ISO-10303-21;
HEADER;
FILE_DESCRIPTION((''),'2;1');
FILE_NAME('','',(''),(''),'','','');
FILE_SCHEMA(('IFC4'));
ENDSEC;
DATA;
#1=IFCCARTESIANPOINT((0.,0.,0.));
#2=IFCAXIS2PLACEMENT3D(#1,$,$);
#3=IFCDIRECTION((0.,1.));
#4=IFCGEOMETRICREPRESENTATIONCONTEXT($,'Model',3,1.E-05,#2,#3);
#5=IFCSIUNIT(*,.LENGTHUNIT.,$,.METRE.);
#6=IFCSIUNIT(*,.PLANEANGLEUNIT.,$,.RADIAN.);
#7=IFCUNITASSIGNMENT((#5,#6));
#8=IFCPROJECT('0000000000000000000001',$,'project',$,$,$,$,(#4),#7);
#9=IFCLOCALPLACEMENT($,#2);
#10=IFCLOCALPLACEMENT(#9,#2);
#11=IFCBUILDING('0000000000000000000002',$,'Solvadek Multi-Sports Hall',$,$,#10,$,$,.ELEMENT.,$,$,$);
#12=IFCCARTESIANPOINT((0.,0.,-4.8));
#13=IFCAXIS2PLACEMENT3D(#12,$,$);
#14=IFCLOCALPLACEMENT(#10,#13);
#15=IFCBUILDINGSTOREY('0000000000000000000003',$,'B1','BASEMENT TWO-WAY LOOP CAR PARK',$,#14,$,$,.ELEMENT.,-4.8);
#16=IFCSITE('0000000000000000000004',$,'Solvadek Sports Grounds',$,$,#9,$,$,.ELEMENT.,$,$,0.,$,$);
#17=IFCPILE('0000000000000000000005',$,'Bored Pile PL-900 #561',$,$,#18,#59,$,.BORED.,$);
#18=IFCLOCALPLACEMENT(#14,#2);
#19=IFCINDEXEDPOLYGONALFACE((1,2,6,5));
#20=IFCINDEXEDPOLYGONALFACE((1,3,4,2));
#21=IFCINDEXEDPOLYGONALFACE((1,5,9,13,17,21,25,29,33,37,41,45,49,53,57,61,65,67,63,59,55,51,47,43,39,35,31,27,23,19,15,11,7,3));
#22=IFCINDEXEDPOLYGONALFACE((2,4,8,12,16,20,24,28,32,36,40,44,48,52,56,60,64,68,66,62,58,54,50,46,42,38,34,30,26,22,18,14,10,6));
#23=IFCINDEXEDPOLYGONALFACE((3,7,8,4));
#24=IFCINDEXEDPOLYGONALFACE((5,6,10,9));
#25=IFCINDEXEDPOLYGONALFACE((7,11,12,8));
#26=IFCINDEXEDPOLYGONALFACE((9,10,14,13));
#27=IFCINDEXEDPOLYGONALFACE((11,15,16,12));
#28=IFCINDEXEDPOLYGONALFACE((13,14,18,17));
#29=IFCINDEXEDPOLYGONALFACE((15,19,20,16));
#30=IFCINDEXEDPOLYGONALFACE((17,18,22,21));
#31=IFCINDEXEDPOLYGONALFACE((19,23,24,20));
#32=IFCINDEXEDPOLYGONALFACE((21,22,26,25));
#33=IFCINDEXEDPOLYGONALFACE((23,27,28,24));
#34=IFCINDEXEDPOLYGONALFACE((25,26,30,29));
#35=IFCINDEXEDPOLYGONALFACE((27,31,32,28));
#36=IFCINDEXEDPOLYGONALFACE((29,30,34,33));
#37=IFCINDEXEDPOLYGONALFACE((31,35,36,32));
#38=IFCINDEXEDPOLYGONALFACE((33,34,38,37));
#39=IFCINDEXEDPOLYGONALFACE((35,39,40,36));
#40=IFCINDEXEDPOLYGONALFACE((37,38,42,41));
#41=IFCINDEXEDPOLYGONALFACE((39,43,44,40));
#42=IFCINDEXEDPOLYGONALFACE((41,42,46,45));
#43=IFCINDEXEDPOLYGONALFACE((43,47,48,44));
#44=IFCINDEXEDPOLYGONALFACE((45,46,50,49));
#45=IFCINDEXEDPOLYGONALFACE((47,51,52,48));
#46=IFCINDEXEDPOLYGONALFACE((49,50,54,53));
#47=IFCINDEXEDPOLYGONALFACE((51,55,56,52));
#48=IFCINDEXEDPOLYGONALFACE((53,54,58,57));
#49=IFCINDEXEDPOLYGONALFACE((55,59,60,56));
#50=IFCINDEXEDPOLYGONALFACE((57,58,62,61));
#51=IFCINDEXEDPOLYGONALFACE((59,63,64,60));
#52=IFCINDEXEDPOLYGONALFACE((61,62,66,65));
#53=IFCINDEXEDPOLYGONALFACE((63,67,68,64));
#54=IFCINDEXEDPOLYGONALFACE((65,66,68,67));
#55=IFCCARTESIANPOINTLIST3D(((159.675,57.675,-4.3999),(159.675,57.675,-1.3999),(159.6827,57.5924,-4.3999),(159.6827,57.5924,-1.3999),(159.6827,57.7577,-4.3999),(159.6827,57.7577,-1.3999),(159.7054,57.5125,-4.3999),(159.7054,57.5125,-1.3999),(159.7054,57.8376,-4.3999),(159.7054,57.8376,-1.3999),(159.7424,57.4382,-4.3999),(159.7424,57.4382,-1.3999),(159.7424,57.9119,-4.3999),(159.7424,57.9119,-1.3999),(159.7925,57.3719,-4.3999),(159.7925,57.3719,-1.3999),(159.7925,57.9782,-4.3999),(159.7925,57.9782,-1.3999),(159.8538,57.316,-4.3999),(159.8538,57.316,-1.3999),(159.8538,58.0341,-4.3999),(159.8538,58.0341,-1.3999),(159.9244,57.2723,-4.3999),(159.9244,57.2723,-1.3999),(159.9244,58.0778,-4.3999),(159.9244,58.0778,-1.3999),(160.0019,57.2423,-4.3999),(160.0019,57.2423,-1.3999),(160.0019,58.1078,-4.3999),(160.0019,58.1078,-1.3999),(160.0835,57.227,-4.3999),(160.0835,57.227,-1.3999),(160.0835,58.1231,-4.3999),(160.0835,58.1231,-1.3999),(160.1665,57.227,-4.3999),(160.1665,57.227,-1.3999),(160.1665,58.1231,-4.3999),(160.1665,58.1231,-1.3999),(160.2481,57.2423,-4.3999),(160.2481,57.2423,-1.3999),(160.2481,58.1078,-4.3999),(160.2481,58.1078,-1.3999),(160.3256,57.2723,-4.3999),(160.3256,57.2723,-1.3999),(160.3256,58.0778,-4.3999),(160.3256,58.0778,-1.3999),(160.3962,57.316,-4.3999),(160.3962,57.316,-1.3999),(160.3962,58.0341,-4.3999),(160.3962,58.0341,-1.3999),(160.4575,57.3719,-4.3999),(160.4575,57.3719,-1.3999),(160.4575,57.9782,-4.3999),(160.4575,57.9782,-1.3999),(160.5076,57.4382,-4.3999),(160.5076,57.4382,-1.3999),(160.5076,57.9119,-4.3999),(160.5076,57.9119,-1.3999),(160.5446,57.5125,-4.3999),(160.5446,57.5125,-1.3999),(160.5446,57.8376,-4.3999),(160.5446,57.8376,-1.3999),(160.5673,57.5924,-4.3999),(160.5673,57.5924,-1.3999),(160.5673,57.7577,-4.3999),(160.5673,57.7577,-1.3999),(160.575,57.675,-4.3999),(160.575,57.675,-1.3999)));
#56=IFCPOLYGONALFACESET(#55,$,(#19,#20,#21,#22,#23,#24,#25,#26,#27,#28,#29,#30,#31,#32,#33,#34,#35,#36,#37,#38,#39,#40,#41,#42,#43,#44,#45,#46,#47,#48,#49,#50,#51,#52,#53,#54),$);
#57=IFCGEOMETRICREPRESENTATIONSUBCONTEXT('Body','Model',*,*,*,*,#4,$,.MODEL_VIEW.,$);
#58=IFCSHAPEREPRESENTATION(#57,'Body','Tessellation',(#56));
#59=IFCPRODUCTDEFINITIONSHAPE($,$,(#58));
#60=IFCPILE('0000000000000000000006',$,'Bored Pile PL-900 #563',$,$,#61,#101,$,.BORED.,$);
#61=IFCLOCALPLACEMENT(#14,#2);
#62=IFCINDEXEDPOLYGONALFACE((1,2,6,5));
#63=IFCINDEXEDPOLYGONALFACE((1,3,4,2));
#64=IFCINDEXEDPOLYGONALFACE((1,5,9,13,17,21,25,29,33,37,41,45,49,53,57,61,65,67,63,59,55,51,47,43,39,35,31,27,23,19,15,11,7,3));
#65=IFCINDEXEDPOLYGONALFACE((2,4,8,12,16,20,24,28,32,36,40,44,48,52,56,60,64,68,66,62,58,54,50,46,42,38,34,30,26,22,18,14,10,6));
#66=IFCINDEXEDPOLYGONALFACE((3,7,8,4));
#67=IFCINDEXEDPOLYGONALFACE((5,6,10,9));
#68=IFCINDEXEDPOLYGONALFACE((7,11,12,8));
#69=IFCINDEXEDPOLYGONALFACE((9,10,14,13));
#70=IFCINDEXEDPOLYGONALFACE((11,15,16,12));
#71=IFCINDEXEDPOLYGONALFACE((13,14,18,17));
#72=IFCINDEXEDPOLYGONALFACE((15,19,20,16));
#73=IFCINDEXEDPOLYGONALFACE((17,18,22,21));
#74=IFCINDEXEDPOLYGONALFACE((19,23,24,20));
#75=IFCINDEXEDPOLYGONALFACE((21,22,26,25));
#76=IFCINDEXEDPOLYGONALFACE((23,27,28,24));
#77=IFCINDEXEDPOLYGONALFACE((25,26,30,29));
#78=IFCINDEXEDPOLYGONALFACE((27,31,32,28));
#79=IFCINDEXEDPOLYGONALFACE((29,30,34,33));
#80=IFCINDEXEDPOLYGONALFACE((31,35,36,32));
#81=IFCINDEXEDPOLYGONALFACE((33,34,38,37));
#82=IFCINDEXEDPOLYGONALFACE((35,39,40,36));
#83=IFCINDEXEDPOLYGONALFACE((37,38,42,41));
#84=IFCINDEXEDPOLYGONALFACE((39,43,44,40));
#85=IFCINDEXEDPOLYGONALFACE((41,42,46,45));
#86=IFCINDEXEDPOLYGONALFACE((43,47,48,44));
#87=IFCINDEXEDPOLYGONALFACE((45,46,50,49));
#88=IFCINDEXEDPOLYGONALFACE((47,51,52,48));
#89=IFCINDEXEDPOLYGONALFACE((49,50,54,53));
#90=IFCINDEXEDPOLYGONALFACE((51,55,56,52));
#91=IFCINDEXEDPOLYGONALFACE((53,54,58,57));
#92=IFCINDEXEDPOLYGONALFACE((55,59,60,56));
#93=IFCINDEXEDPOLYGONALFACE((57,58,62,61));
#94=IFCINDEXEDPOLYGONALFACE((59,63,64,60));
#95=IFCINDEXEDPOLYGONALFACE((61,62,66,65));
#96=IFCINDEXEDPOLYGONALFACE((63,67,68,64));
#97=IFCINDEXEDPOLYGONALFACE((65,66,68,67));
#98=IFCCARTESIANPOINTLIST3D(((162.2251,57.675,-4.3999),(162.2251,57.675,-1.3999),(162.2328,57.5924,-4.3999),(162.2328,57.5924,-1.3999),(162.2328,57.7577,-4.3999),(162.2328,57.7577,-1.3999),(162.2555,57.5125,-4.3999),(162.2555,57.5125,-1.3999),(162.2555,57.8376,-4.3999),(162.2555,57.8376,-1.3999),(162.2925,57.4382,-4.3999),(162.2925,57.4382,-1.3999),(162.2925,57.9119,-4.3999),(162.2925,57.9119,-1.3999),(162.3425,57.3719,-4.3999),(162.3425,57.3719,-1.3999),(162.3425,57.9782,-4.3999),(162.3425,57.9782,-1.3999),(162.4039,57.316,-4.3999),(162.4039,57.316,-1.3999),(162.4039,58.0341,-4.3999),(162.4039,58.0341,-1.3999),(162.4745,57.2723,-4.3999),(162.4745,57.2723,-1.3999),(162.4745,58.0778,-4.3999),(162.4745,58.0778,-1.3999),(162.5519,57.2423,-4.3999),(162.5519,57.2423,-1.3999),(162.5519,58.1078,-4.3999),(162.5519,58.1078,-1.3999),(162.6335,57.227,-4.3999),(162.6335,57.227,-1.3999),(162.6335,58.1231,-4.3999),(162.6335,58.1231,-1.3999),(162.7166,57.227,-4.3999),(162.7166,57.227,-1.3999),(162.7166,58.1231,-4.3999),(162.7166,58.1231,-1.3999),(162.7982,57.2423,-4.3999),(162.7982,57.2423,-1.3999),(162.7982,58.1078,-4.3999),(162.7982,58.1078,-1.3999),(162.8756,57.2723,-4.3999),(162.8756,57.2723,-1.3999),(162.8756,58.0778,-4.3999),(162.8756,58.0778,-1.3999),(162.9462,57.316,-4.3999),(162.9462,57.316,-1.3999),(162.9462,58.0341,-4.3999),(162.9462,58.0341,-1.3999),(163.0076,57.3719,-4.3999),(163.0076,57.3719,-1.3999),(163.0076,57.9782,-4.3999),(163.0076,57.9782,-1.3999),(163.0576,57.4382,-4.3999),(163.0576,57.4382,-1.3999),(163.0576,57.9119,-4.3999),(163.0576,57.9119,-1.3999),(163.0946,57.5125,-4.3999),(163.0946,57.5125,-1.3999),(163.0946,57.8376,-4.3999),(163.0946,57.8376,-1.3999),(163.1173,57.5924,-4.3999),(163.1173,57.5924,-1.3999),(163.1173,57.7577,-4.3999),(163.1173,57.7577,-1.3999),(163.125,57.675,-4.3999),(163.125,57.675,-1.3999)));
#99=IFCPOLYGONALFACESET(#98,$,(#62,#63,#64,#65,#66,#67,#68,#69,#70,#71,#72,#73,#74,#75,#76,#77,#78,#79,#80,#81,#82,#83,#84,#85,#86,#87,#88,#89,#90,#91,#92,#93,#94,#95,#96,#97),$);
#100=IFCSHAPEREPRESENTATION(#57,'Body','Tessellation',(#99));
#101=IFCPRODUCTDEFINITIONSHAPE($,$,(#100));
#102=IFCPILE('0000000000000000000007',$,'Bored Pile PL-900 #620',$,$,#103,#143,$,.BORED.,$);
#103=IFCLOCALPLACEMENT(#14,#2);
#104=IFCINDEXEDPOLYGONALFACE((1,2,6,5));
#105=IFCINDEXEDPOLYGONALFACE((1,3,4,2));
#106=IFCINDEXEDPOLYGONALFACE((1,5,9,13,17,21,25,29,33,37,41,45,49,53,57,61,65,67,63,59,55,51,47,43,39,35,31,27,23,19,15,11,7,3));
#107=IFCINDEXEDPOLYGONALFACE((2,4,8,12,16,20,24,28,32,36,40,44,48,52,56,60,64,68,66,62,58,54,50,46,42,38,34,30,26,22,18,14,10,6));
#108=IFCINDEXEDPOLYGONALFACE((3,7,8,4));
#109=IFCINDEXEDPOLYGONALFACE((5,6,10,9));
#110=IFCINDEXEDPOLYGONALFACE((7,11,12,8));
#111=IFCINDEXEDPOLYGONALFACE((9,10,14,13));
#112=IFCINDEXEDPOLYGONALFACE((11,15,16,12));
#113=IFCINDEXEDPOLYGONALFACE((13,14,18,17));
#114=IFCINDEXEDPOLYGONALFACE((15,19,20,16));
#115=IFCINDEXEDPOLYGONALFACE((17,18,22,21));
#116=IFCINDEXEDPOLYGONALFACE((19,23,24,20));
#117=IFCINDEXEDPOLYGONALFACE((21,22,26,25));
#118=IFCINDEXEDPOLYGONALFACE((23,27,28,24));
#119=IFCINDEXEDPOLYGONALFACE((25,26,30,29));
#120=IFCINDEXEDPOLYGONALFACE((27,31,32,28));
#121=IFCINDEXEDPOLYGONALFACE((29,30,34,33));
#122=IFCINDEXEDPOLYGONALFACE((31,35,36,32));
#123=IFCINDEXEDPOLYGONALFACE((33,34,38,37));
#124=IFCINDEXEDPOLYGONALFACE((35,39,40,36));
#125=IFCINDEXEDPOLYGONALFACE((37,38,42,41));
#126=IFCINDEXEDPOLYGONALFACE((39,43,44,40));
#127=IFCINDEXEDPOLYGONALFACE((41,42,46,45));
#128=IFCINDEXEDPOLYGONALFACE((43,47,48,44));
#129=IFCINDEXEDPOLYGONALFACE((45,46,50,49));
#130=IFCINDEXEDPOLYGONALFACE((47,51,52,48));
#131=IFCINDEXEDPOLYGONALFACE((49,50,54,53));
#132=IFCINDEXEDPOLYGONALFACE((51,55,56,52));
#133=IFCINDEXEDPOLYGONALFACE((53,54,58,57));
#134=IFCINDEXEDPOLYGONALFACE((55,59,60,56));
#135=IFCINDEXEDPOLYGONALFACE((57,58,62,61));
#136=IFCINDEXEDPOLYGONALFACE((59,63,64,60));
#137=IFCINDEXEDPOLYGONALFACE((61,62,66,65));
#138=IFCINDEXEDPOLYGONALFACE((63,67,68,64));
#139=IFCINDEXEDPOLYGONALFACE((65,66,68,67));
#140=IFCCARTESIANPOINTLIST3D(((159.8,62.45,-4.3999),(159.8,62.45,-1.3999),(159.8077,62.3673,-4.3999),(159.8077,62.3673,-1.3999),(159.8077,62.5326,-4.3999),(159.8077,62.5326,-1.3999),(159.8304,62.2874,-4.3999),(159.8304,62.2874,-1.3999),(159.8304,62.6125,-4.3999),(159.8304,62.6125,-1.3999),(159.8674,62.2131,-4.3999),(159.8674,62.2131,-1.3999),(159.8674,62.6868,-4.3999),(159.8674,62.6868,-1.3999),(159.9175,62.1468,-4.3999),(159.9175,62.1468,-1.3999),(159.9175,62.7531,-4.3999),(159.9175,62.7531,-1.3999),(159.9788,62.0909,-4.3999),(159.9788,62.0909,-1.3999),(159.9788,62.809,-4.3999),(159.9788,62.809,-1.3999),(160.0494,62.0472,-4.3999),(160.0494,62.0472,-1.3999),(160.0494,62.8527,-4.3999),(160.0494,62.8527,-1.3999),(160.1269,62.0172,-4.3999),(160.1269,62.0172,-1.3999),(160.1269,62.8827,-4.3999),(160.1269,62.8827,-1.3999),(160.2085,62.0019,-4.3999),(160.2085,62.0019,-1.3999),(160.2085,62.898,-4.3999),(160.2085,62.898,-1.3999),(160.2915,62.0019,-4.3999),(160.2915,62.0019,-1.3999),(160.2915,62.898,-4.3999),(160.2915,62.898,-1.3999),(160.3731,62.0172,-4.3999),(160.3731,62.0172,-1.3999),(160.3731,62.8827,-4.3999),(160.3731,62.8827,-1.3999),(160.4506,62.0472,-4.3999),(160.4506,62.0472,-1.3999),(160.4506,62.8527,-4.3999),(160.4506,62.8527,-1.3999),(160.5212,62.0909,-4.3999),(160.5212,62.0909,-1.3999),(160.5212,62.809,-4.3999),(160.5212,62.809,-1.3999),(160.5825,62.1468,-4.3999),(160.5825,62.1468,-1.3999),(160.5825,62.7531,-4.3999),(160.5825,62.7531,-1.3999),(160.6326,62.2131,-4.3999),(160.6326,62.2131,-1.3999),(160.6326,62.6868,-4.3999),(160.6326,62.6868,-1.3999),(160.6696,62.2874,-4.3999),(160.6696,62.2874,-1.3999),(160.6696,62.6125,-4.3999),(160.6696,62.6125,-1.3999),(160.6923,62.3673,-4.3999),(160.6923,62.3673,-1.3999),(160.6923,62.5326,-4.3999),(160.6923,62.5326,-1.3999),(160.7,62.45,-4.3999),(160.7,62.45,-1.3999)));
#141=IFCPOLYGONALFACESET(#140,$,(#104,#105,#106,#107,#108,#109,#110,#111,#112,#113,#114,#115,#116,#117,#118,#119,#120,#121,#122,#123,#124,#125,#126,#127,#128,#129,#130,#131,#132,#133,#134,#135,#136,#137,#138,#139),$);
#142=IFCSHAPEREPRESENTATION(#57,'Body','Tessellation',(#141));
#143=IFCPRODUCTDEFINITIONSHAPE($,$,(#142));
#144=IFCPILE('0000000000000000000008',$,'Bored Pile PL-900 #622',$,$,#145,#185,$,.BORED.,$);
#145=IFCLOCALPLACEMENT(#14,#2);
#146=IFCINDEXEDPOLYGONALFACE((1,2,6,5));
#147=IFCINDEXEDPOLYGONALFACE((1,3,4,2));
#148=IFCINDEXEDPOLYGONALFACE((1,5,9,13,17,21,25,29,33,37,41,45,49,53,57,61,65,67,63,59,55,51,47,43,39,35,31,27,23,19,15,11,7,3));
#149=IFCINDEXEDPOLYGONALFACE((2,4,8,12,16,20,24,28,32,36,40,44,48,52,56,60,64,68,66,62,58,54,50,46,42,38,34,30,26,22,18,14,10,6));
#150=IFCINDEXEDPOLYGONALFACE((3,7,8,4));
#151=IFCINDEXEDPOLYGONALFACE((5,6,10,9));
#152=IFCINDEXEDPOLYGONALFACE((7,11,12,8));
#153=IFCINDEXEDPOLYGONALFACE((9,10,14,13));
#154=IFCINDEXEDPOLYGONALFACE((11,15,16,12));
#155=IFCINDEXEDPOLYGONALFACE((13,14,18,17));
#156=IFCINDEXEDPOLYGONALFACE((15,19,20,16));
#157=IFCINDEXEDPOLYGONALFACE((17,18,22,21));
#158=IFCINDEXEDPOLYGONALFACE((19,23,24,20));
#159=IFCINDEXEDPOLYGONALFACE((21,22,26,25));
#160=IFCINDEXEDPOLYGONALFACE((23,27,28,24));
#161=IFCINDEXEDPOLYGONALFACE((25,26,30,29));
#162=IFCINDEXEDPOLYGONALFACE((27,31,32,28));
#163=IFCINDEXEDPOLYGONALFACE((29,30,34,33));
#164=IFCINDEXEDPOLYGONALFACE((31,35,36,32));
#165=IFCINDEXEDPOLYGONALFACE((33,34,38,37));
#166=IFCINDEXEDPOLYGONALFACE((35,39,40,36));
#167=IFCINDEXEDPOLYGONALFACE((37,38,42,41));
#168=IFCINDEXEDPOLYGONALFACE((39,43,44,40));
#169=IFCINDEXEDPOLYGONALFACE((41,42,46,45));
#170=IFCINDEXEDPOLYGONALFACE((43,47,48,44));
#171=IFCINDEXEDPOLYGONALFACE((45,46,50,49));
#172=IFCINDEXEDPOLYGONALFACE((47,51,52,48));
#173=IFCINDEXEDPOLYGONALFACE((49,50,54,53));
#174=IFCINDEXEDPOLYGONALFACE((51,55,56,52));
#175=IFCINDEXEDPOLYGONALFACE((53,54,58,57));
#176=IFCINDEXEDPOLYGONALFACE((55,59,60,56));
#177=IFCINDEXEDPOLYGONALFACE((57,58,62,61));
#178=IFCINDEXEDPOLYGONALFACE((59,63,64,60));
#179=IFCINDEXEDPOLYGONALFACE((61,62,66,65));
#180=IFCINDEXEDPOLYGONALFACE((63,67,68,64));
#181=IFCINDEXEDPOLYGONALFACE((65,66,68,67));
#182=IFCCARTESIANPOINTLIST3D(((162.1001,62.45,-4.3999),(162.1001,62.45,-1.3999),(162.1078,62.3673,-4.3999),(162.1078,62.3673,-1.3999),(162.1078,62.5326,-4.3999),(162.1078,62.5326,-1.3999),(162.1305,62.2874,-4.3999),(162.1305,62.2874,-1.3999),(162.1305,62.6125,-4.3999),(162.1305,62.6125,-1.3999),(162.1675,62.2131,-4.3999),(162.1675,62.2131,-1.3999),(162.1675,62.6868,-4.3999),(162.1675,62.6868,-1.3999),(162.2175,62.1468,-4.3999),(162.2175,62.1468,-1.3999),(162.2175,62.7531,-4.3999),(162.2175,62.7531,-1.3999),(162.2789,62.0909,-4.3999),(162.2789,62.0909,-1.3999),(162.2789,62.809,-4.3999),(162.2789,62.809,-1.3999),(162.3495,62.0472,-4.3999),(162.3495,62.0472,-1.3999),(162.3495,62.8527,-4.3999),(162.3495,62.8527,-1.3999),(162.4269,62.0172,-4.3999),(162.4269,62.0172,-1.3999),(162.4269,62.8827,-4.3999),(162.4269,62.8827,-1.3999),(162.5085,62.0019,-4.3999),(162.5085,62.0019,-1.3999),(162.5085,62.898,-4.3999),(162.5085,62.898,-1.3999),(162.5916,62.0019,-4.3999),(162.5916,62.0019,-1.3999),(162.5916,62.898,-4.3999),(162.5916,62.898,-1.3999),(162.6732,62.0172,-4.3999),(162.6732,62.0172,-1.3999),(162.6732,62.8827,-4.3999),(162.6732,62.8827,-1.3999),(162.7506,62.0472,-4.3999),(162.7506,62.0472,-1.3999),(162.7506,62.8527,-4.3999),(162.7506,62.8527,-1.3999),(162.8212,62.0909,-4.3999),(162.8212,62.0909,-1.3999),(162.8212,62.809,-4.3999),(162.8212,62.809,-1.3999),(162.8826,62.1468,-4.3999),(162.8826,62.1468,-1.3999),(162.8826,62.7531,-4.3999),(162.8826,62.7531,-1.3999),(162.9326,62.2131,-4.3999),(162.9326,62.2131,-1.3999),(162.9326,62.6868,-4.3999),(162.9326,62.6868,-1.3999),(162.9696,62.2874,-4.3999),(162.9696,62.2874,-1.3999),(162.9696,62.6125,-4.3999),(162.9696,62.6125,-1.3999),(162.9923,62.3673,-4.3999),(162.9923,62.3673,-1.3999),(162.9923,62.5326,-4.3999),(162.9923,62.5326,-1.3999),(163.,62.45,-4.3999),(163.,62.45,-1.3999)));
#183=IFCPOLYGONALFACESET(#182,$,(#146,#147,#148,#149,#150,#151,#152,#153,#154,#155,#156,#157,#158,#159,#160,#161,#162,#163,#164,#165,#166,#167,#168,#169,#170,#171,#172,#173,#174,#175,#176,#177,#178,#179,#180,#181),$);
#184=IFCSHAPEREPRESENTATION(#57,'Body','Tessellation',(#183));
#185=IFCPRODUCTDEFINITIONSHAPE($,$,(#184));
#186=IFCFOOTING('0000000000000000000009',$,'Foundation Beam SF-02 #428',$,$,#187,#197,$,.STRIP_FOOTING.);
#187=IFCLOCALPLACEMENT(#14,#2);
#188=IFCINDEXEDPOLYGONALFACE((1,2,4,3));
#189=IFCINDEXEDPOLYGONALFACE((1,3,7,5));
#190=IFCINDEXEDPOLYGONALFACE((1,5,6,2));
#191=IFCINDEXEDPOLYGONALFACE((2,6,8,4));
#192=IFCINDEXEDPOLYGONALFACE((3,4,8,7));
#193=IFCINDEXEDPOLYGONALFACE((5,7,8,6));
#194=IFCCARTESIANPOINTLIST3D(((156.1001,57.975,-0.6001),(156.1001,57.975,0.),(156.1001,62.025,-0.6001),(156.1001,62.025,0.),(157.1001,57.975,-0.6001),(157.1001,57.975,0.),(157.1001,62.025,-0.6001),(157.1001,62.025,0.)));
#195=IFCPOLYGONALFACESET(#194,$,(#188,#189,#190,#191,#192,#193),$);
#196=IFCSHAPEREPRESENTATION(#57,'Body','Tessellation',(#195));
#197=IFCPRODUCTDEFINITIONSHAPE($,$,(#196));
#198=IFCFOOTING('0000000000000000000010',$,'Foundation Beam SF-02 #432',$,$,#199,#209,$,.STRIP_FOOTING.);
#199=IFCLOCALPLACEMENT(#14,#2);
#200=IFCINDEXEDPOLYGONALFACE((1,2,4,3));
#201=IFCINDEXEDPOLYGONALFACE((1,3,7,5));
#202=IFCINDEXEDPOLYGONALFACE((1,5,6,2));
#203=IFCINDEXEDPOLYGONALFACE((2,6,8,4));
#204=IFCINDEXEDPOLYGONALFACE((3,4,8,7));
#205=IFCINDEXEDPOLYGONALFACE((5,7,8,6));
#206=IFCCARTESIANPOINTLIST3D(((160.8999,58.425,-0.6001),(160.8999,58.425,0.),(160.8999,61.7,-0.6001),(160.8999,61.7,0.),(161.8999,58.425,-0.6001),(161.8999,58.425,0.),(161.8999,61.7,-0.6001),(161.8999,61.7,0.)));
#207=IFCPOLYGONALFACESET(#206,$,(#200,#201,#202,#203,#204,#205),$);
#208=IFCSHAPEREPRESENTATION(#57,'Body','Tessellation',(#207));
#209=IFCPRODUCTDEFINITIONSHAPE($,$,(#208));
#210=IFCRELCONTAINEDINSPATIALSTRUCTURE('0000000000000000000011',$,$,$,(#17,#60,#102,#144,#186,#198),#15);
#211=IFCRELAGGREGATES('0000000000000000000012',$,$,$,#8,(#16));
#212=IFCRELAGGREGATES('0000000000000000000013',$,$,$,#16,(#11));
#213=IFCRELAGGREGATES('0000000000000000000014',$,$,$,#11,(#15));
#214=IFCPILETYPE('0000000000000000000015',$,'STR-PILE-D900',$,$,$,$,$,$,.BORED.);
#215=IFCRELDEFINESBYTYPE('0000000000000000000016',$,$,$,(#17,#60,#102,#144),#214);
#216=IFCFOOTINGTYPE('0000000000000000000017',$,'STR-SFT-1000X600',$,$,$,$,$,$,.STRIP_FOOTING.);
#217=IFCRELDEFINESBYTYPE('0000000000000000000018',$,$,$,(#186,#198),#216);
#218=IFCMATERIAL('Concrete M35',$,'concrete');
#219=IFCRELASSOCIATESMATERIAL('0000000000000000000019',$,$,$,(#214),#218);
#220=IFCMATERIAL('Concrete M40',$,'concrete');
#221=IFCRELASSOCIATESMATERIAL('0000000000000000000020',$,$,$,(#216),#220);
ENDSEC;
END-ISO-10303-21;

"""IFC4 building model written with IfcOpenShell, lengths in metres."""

from ifc_helpers import new_model, si_unit, direction, frame, origin, origin_2d, place, context, subcontext, project, spatial, rectangle, circle, extrude, material, material_profile, profile_set, type_object, element, save


model = new_model("IFC4")

# Units and contexts
model_context = context("Model", 3, precision=1e-05, world=origin(), true_north=direction((0.0, 1.0)))
body_context = subcontext(model_context, "Body", "Model", "MODEL_VIEW")
ifc_project = project(units=[si_unit("LENGTHUNIT", "METRE"), si_unit("PLANEANGLEUNIT", "RADIAN")], contexts=[model_context])

# Site, building, storey
site_placement = place(None, origin())
site = spatial("IfcSite", under=ifc_project, at=site_placement, Name="Solvadek Sports Grounds", CompositionType="ELEMENT", RefElevation=0.0)
building_placement = place(site_placement, origin())
building = spatial("IfcBuilding", under=site, at=building_placement, Name="Solvadek Multi-Sports Hall", CompositionType="ELEMENT")
storey_placement = place(building_placement, frame((0.0, 0.0, -4.8)))
storey = spatial("IfcBuildingStorey", under=building, at=storey_placement, Name="B1", Description="BASEMENT TWO-WAY LOOP CAR PARK", CompositionType="ELEMENT", Elevation=-4.8)

# Shared definitions
ifc_material_1 = material(Name="Concrete M40", Category="concrete")

# Piles
ifc_material_2 = material(Name="Concrete M35", Category="concrete")
ifc_material_profile_1 = material_profile(ifc_material_2, circle(Radius=0.45, at=origin_2d()), Name="BORED PILE D900")
ifc_profile_set_1 = profile_set([ifc_material_profile_1], Name="Concrete M35")
pile_type_1 = type_object("IfcPileType", Name="STR-PILE-D900", PredefinedType="BORED", material=ifc_profile_set_1)
for number, where, z_axis, x_axis, name in (
    (1, (160.125, 57.675, -1.3999), (0.0, 0.0, -1.0), (1.0, 0.0, 0.0), "Bored Pile PL-900 #561"),
    (2, (162.675, 57.675, -1.3999), (0.0, 0.0, -1.0), (1.0, 0.0, 0.0), "Bored Pile PL-900 #563"),
    (3, (160.25, 62.45, -1.3999), (0.0, 0.0, -1.0), (1.0, 0.0, 0.0), "Bored Pile PL-900 #620"),
    (4, (162.55, 62.45, -1.3999), (0.0, 0.0, -1.0), (1.0, 0.0, 0.0), "Bored Pile PL-900 #622"),
):
    element("IfcPile", number, at=place(storey_placement, frame(where, z_axis=z_axis, x_axis=x_axis)), inside=storey, type_object=pile_type_1, Name=name, PredefinedType="BORED", context=body_context, shape_type="SweptSolid", body=[
        extrude(circle(Radius=0.45, at=origin_2d()), origin(), (0.0, 0.0, 1.0), 3.0),
    ])

# Footings
footing_type_1 = type_object("IfcFootingType", Name="STR-SFT-1000X600", PredefinedType="STRIP_FOOTING", material=ifc_material_1)
footing_1_placement = place(storey_placement, frame((156.6001, 60.0, -0.6001), z_axis=(0.0, 0.0, 1.0), x_axis=(0.0, 1.0, 0.0)))
element("IfcFooting", 5, at=footing_1_placement, inside=storey, type_object=footing_type_1, Name="Foundation Beam SF-02 #428", PredefinedType="STRIP_FOOTING", context=body_context, shape_type="SweptSolid", body=[
    extrude(rectangle(XDim=4.05, YDim=1.0, at=origin_2d()), origin(), (0.0, 0.0, 1.0), 0.6001),
])
footing_2_placement = place(storey_placement, frame((161.3999, 60.0625, -0.6001), z_axis=(0.0, 0.0, 1.0), x_axis=(0.0, 1.0, 0.0)))
element("IfcFooting", 6, at=footing_2_placement, inside=storey, type_object=footing_type_1, Name="Foundation Beam SF-02 #432", PredefinedType="STRIP_FOOTING", context=body_context, shape_type="SweptSolid", body=[
    extrude(rectangle(XDim=3.2749, YDim=1.0, at=origin_2d()), origin(), (0.0, 0.0, 1.0), 0.6001),
])

save(model, "model.ifc")
